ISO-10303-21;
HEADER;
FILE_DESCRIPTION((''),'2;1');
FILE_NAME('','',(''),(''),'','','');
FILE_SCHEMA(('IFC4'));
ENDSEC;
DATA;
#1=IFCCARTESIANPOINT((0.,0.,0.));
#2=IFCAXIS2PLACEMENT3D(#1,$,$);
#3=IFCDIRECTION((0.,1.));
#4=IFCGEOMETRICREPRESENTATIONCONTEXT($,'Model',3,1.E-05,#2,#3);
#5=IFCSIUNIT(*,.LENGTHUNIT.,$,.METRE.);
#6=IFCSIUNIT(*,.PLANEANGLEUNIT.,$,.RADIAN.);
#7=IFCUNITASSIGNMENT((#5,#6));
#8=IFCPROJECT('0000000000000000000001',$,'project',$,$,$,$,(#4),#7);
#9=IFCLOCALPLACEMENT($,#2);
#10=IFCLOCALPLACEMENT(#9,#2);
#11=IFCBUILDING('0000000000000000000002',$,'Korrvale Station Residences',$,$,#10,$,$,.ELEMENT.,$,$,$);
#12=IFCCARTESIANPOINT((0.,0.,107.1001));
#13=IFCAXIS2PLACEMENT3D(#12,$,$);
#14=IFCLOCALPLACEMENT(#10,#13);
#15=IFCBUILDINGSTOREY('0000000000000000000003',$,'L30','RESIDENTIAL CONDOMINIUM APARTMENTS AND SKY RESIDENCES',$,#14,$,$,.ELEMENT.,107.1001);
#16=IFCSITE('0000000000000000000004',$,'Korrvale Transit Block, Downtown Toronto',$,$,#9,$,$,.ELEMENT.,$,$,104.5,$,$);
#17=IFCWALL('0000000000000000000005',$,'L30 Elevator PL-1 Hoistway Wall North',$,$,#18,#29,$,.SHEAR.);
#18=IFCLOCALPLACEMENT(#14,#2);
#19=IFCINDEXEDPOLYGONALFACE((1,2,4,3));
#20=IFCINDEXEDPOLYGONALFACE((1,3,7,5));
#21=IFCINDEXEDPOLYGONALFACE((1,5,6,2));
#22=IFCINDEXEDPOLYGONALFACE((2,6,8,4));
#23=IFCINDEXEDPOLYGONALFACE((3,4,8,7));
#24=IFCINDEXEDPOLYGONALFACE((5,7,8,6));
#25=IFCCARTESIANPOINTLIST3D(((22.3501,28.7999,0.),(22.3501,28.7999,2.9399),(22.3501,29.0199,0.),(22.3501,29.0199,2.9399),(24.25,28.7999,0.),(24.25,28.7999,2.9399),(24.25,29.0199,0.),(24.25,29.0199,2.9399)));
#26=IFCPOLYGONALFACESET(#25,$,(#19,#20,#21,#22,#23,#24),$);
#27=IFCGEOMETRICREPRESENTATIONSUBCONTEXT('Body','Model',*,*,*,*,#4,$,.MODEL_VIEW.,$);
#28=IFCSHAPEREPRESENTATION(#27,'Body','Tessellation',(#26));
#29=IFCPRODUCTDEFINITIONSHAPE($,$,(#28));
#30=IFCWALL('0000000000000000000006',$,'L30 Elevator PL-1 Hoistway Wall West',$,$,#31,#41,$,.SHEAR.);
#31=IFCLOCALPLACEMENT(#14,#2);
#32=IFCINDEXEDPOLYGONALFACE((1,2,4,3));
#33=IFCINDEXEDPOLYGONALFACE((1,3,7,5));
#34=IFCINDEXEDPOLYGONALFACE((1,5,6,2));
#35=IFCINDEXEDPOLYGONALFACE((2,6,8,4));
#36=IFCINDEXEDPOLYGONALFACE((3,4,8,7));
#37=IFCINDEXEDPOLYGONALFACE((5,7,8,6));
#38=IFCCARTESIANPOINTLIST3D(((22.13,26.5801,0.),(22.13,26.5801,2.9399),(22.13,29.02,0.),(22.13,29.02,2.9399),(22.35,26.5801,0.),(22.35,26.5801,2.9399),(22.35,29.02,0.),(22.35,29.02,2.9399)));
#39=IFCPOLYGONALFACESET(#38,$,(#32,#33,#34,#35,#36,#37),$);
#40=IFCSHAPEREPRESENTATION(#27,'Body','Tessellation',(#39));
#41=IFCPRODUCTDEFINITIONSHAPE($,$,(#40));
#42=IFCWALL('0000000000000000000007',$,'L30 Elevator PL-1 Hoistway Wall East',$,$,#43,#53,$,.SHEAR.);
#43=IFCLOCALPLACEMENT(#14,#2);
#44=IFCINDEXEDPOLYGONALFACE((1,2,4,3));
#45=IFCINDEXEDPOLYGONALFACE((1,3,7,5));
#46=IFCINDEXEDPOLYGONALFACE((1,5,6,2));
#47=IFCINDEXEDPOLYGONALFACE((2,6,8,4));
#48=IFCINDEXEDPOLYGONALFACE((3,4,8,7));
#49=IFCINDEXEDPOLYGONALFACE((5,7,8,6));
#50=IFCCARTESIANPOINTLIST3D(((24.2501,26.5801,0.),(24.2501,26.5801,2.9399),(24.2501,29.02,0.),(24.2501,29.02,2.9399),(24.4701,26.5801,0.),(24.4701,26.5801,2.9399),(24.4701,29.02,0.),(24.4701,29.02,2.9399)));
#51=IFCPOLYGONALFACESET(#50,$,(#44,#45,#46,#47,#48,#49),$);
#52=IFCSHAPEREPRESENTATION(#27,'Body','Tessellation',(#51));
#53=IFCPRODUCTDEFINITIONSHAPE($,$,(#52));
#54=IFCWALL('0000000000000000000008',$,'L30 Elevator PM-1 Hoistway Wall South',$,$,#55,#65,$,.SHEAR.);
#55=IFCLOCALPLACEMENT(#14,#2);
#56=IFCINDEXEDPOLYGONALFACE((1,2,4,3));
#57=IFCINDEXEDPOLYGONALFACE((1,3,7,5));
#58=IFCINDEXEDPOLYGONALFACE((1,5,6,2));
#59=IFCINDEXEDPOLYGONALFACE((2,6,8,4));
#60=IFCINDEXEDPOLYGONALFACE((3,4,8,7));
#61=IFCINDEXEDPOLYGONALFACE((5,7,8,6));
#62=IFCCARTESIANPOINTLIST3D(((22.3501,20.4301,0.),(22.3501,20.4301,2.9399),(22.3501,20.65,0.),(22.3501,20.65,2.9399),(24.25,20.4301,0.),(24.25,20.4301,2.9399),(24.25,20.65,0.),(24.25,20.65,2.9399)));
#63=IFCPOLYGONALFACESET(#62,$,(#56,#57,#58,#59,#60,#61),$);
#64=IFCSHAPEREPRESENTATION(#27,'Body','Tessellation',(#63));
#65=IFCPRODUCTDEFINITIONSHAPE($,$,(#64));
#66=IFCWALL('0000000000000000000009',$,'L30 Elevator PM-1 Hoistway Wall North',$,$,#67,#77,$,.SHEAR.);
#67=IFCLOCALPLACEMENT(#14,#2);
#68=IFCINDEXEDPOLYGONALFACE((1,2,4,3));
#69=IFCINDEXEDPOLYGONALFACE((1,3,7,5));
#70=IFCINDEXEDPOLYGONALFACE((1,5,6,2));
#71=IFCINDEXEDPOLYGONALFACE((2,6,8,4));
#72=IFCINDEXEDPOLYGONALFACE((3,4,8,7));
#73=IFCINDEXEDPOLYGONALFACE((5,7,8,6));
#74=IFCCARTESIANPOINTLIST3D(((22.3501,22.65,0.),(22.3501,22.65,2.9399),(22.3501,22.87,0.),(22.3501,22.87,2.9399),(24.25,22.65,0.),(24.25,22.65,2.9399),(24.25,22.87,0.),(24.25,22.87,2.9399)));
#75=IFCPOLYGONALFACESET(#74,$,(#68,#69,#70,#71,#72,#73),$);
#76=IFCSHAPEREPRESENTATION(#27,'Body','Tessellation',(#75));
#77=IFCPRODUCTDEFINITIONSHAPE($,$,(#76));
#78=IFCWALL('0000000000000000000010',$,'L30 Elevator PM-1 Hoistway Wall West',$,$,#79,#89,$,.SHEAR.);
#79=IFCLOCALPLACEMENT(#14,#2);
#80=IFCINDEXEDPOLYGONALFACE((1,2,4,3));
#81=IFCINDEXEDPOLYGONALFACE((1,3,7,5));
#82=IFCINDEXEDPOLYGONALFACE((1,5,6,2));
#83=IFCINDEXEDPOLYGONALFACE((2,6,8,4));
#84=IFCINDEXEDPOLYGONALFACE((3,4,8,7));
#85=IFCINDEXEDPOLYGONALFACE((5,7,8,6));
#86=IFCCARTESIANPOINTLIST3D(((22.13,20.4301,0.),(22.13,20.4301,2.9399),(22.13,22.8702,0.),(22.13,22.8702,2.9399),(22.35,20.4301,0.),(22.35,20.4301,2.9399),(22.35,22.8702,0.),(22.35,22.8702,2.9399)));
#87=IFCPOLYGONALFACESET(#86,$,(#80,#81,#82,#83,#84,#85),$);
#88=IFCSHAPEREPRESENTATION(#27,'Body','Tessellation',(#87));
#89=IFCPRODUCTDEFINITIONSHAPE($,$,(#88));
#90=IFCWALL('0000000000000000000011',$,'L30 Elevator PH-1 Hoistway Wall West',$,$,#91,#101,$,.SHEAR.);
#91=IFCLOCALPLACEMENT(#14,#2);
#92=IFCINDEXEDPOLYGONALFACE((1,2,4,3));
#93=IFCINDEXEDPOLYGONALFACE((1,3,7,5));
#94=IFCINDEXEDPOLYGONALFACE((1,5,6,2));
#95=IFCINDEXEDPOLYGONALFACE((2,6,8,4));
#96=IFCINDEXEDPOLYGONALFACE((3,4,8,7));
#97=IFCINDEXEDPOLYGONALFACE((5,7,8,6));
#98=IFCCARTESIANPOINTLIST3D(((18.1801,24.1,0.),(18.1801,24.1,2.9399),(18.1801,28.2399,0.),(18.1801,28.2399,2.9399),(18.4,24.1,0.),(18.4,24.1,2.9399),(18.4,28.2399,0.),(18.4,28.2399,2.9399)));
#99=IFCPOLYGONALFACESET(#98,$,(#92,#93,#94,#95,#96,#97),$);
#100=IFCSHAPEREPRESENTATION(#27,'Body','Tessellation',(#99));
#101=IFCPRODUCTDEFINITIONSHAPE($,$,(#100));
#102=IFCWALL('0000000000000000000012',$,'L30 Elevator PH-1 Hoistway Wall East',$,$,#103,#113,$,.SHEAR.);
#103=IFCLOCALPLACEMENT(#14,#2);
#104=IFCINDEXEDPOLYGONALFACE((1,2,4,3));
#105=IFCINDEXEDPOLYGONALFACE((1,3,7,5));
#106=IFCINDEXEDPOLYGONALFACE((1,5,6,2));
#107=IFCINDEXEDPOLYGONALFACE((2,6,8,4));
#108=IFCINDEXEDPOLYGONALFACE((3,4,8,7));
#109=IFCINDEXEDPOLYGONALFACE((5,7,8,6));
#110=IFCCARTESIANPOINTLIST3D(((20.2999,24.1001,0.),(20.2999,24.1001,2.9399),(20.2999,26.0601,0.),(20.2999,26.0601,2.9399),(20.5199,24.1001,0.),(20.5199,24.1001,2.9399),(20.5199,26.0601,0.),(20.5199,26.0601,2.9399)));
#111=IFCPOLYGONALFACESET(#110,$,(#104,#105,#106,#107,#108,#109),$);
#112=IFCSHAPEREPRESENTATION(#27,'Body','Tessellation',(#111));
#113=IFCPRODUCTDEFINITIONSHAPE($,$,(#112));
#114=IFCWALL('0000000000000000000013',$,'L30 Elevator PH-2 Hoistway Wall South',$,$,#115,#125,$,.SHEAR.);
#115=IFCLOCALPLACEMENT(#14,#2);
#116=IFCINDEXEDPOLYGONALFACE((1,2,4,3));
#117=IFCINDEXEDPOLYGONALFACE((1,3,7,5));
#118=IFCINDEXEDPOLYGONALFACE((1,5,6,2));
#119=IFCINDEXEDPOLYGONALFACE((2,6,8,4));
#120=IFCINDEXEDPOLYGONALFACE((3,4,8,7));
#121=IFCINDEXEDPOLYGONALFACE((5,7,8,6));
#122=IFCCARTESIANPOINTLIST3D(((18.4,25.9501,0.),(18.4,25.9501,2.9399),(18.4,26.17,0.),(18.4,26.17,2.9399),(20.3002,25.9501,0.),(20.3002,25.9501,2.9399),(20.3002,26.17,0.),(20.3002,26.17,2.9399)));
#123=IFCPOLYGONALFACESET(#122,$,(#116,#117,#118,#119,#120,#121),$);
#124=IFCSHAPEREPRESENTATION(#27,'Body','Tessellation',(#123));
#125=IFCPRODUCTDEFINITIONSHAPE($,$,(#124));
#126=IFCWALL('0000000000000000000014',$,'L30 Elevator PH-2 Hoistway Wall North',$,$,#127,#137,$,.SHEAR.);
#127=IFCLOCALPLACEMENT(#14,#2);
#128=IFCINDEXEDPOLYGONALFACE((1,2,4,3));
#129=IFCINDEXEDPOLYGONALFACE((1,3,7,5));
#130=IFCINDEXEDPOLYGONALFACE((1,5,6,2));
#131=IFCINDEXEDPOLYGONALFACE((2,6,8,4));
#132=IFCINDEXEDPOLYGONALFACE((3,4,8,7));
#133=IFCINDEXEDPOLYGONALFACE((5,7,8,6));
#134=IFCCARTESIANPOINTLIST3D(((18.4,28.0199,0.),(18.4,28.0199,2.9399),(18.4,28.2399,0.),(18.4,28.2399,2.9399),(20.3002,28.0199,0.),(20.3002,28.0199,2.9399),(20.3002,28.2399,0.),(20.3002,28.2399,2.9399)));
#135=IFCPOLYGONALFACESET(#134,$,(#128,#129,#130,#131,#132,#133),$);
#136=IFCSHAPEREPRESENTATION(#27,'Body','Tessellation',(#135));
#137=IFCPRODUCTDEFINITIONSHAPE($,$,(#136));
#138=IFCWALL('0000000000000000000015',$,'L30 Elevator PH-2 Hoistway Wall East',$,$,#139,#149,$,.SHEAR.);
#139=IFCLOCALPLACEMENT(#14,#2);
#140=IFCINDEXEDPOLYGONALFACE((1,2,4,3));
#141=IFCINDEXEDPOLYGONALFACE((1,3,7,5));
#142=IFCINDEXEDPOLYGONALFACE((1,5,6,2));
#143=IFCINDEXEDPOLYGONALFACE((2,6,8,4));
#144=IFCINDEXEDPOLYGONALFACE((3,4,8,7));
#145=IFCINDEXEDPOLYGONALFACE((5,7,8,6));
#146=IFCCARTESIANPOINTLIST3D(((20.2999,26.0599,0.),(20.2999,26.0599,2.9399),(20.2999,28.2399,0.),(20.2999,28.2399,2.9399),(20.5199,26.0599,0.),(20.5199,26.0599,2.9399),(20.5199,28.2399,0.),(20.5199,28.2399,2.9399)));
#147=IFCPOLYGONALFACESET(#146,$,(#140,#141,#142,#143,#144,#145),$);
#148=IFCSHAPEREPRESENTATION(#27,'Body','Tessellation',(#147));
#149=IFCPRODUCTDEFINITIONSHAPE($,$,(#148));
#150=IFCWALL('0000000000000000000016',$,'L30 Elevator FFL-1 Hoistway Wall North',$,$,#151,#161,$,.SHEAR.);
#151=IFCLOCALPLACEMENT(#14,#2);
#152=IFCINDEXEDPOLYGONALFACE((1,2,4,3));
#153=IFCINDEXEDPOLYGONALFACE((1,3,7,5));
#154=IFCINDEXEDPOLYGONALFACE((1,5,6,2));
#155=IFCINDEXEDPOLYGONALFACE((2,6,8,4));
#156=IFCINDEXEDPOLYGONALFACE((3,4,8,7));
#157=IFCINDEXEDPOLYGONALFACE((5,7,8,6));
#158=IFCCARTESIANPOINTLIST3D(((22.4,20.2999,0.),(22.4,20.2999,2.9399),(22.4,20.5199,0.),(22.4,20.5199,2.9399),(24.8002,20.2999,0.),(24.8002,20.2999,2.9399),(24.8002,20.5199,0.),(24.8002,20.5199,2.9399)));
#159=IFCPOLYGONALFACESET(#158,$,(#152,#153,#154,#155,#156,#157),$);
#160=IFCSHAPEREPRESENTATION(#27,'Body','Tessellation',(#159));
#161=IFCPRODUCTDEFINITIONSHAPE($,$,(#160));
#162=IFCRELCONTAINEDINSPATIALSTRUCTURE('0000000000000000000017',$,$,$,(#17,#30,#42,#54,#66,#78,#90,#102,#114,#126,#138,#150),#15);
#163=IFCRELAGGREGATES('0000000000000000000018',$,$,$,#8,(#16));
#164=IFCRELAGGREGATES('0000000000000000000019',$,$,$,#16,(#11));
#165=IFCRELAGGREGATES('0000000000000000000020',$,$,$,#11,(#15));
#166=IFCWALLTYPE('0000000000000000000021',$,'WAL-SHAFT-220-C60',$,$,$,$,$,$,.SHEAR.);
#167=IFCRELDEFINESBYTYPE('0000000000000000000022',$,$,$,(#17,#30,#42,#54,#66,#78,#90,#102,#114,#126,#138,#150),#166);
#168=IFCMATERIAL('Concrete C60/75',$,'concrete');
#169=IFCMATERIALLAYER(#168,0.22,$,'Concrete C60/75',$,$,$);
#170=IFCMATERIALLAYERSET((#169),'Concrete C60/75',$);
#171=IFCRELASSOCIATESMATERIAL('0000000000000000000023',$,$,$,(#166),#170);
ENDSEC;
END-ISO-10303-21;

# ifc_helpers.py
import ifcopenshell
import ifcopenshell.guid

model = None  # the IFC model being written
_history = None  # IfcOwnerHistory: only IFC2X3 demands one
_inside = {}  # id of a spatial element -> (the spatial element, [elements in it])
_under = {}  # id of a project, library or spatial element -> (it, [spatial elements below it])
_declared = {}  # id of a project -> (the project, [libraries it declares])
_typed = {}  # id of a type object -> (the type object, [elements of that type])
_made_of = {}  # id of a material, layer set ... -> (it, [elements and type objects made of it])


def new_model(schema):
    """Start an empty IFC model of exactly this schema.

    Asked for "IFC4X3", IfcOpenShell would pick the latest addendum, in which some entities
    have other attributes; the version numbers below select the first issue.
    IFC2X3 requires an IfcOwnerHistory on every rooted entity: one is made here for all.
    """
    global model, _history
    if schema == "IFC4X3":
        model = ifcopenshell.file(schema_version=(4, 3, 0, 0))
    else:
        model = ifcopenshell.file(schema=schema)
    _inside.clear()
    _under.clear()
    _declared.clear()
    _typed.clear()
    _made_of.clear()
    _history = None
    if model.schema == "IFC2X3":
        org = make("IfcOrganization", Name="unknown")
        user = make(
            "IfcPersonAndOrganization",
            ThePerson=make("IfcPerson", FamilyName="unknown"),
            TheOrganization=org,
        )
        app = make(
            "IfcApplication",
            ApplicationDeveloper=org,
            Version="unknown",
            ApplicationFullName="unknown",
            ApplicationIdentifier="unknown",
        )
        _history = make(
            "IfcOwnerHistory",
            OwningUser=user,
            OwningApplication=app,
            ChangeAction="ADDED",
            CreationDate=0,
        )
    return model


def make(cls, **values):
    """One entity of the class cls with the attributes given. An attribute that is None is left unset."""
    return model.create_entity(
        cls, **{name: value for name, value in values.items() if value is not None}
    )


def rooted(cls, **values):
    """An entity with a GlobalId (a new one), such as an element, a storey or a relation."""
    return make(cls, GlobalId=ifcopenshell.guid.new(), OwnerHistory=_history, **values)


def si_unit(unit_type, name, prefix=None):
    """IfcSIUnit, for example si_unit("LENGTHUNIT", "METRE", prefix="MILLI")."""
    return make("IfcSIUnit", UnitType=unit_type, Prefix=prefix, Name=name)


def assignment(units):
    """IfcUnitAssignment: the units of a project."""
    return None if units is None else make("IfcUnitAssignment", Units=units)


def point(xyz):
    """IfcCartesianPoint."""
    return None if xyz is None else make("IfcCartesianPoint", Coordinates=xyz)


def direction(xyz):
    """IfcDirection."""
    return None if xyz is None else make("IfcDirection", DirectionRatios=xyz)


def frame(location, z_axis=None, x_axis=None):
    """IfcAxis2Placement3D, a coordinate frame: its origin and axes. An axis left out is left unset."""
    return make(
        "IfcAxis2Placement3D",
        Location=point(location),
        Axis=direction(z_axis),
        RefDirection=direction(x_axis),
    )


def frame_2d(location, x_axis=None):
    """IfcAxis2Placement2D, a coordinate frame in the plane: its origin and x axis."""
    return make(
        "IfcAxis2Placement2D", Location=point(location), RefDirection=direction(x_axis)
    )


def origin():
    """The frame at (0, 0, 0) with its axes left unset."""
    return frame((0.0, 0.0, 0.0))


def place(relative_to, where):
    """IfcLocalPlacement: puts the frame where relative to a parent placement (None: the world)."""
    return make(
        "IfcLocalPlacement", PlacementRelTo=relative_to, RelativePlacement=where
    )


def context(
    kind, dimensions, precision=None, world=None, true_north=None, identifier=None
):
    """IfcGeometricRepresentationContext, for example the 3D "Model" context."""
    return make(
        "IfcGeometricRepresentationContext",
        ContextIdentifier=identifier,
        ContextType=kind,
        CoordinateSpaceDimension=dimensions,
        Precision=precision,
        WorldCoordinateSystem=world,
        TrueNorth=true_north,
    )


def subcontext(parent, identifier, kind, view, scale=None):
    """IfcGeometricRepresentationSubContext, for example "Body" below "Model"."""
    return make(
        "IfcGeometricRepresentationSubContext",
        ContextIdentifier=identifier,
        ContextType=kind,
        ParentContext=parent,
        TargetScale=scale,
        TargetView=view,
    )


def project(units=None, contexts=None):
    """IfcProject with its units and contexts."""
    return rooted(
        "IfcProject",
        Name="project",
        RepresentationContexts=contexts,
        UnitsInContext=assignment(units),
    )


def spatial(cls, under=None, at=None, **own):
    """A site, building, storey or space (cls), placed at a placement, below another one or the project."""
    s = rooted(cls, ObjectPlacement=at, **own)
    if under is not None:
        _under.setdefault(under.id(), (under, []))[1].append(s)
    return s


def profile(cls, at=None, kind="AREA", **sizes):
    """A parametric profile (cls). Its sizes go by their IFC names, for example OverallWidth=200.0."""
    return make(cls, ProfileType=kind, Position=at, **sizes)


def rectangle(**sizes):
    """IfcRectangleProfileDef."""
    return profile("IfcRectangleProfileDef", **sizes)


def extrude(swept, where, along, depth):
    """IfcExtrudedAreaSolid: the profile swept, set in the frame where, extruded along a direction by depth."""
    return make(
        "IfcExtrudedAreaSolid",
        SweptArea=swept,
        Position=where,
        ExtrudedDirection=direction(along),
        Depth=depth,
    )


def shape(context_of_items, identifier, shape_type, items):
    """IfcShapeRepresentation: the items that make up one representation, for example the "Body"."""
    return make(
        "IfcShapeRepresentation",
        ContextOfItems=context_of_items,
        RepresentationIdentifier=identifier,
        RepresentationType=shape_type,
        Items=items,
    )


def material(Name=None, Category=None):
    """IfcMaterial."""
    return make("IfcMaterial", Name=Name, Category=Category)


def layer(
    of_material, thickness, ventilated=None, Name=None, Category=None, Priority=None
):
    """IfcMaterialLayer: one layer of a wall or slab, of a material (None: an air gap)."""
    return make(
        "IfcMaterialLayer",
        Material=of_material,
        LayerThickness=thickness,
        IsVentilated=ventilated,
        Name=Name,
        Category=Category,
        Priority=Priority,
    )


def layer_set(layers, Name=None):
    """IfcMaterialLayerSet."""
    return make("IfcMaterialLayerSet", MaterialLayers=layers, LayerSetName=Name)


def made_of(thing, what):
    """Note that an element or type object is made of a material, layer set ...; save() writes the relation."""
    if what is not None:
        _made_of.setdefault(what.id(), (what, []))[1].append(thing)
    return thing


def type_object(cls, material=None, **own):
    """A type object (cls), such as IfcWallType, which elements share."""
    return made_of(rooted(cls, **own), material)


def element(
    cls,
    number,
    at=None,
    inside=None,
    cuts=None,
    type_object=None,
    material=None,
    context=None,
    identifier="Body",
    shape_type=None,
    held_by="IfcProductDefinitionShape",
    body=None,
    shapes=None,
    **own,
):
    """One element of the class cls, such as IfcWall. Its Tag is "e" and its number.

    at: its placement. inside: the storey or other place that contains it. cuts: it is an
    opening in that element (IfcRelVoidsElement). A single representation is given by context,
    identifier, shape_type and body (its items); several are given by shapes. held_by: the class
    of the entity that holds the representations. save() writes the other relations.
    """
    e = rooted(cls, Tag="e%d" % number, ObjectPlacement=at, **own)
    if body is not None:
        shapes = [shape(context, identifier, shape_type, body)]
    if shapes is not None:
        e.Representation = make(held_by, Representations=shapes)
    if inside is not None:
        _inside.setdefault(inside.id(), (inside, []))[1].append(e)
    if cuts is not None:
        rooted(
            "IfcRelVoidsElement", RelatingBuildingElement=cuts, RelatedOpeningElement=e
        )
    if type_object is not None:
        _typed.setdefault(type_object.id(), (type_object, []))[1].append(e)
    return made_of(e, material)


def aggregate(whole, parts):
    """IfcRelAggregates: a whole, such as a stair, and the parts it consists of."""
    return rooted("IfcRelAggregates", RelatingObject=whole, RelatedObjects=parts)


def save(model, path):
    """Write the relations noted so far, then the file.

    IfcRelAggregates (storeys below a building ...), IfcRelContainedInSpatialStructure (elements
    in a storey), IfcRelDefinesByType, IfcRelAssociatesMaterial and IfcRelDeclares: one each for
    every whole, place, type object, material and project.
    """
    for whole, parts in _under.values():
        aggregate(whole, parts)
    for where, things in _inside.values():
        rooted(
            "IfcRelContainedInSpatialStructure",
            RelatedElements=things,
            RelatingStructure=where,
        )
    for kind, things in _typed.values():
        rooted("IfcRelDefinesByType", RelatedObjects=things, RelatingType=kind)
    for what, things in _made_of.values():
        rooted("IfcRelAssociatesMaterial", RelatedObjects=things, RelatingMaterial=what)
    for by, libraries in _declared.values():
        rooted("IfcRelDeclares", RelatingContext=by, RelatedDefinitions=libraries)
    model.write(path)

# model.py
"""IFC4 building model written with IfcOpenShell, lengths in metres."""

from ifc_helpers import new_model, si_unit, direction, frame, frame_2d, origin, place, context, subcontext, project, spatial, rectangle, extrude, material, layer, layer_set, type_object, element, save


model = new_model("IFC4")

# Units and contexts
model_context = context("Model", 3, precision=1e-05, world=origin(), true_north=direction((0.0, 1.0)))
body_context = subcontext(model_context, "Body", "Model", "MODEL_VIEW")
ifc_project = project(units=[si_unit("LENGTHUNIT", "METRE"), si_unit("PLANEANGLEUNIT", "RADIAN")], contexts=[model_context])

# Site, building, storey
site_placement = place(None, origin())
site = spatial("IfcSite", under=ifc_project, at=site_placement, Name="Korrvale Transit Block, Downtown Toronto", CompositionType="ELEMENT", RefElevation=104.5)
building_placement = place(site_placement, origin())
building = spatial("IfcBuilding", under=site, at=building_placement, Name="Korrvale Station Residences", CompositionType="ELEMENT")
storey_placement = place(building_placement, frame((0.0, 0.0, 107.1001)))
storey = spatial("IfcBuildingStorey", under=building, at=storey_placement, Name="L30", Description="RESIDENTIAL CONDOMINIUM APARTMENTS AND SKY RESIDENCES", CompositionType="ELEMENT", Elevation=107.1001)

# Shared definitions
ifc_material_1 = material(Name="Concrete C60/75", Category="concrete")

# Shared definitions
ifc_layer_1 = layer(ifc_material_1, 0.22, Name="Concrete C60/75")
ifc_layer_set_1 = layer_set([ifc_layer_1], Name="Concrete C60/75")
wall_type_1 = type_object("IfcWallType", Name="WAL-SHAFT-220-C60", PredefinedType="SHEAR", material=ifc_layer_set_1)

# Walls
wall_1_placement = place(storey_placement, frame((22.3501, 28.9099, 0.0), z_axis=(0.0, 0.0, 1.0), x_axis=(1.0, 0.0, 0.0)))
element("IfcWall", 1, at=wall_1_placement, inside=storey, type_object=wall_type_1, Name="L30 Elevator PL-1 Hoistway Wall North", PredefinedType="SHEAR", context=body_context, shape_type="SweptSolid", body=[
    extrude(rectangle(XDim=1.8999, YDim=0.22, at=frame_2d((0.95, 0.0))), origin(), (0.0, 0.0, 1.0), 2.9399),
])
for number, where, z_axis, x_axis, name in (
    (2, (22.24, 26.5801, 0.0), (0.0, 0.0, 1.0), (0.0, 1.0, 0.0), "L30 Elevator PL-1 Hoistway Wall West"),
    (3, (24.3601, 26.5801, 0.0), (0.0, 0.0, 1.0), (0.0, 1.0, 0.0), "L30 Elevator PL-1 Hoistway Wall East"),
):
    element("IfcWall", number, at=place(storey_placement, frame(where, z_axis=z_axis, x_axis=x_axis)), inside=storey, type_object=wall_type_1, Name=name, PredefinedType="SHEAR", context=body_context, shape_type="SweptSolid", body=[
        extrude(rectangle(XDim=2.4399, YDim=0.22, at=frame_2d((1.22, 0.0))), origin(), (0.0, 0.0, 1.0), 2.9399),
    ])
for number, where, z_axis, x_axis, name in (
    (4, (22.3501, 20.54, 0.0), (0.0, 0.0, 1.0), (1.0, 0.0, 0.0), "L30 Elevator PM-1 Hoistway Wall South"),
    (5, (22.3501, 22.76, 0.0), (0.0, 0.0, 1.0), (1.0, 0.0, 0.0), "L30 Elevator PM-1 Hoistway Wall North"),
):
    element("IfcWall", number, at=place(storey_placement, frame(where, z_axis=z_axis, x_axis=x_axis)), inside=storey, type_object=wall_type_1, Name=name, PredefinedType="SHEAR", context=body_context, shape_type="SweptSolid", body=[
        extrude(rectangle(XDim=1.8999, YDim=0.22, at=frame_2d((0.95, 0.0))), origin(), (0.0, 0.0, 1.0), 2.9399),
    ])
wall_2_placement = place(storey_placement, frame((22.24, 20.4299, 0.0), z_axis=(0.0, 0.0, 1.0), x_axis=(0.0, 1.0, 0.0)))
element("IfcWall", 6, at=wall_2_placement, inside=storey, type_object=wall_type_1, Name="L30 Elevator PM-1 Hoistway Wall West", PredefinedType="SHEAR", context=body_context, shape_type="SweptSolid", body=[
    extrude(rectangle(XDim=2.4402, YDim=0.22, at=frame_2d((1.2202, 0.0))), origin(), (0.0, 0.0, 1.0), 2.9399),
])
wall_3_placement = place(storey_placement, frame((18.29, 24.1001, 0.0), z_axis=(0.0, 0.0, 1.0), x_axis=(0.0, 1.0, 0.0)))
element("IfcWall", 7, at=wall_3_placement, inside=storey, type_object=wall_type_1, Name="L30 Elevator PH-1 Hoistway Wall West", PredefinedType="SHEAR", context=body_context, shape_type="SweptSolid", body=[
    extrude(rectangle(XDim=4.1399, YDim=0.22, at=frame_2d((2.0698, 0.0))), origin(), (0.0, 0.0, 1.0), 2.9399),
])
wall_4_placement = place(storey_placement, frame((20.4099, 24.1001, 0.0), z_axis=(0.0, 0.0, 1.0), x_axis=(0.0, 1.0, 0.0)))
element("IfcWall", 8, at=wall_4_placement, inside=storey, type_object=wall_type_1, Name="L30 Elevator PH-1 Hoistway Wall East", PredefinedType="SHEAR", context=body_context, shape_type="SweptSolid", body=[
    extrude(rectangle(XDim=1.96, YDim=0.22, at=frame_2d((0.98, 0.0))), origin(), (0.0, 0.0, 1.0), 2.9399),
])
for number, where, z_axis, x_axis, name in (
    (9, (18.3999, 26.0601, 0.0), (0.0, 0.0, 1.0), (1.0, 0.0, 0.0), "L30 Elevator PH-2 Hoistway Wall South"),
    (10, (18.3999, 28.1299, 0.0), (0.0, 0.0, 1.0), (1.0, 0.0, 0.0), "L30 Elevator PH-2 Hoistway Wall North"),
):
    element("IfcWall", number, at=place(storey_placement, frame(where, z_axis=z_axis, x_axis=x_axis)), inside=storey, type_object=wall_type_1, Name=name, PredefinedType="SHEAR", context=body_context, shape_type="SweptSolid", body=[
        extrude(rectangle(XDim=1.9001, YDim=0.22, at=frame_2d((0.9502, 0.0))), origin(), (0.0, 0.0, 1.0), 2.9399),
    ])
wall_5_placement = place(storey_placement, frame((20.4099, 26.0601, 0.0), z_axis=(0.0, 0.0, 1.0), x_axis=(0.0, 1.0, 0.0)))
element("IfcWall", 11, at=wall_5_placement, inside=storey, type_object=wall_type_1, Name="L30 Elevator PH-2 Hoistway Wall East", PredefinedType="SHEAR", context=body_context, shape_type="SweptSolid", body=[
    extrude(rectangle(XDim=2.1799, YDim=0.22, at=frame_2d((1.0898, 0.0))), origin(), (0.0, 0.0, 1.0), 2.9399),
])
wall_6_placement = place(storey_placement, frame((22.3999, 20.4099, 0.0), z_axis=(0.0, 0.0, 1.0), x_axis=(1.0, 0.0, 0.0)))
element("IfcWall", 12, at=wall_6_placement, inside=storey, type_object=wall_type_1, Name="L30 Elevator FFL-1 Hoistway Wall North", PredefinedType="SHEAR", context=body_context, shape_type="SweptSolid", body=[
    extrude(rectangle(XDim=2.4001, YDim=0.22, at=frame_2d((1.2002, 0.0))), origin(), (0.0, 0.0, 1.0), 2.9399),
])

save(model, "model.ifc")
